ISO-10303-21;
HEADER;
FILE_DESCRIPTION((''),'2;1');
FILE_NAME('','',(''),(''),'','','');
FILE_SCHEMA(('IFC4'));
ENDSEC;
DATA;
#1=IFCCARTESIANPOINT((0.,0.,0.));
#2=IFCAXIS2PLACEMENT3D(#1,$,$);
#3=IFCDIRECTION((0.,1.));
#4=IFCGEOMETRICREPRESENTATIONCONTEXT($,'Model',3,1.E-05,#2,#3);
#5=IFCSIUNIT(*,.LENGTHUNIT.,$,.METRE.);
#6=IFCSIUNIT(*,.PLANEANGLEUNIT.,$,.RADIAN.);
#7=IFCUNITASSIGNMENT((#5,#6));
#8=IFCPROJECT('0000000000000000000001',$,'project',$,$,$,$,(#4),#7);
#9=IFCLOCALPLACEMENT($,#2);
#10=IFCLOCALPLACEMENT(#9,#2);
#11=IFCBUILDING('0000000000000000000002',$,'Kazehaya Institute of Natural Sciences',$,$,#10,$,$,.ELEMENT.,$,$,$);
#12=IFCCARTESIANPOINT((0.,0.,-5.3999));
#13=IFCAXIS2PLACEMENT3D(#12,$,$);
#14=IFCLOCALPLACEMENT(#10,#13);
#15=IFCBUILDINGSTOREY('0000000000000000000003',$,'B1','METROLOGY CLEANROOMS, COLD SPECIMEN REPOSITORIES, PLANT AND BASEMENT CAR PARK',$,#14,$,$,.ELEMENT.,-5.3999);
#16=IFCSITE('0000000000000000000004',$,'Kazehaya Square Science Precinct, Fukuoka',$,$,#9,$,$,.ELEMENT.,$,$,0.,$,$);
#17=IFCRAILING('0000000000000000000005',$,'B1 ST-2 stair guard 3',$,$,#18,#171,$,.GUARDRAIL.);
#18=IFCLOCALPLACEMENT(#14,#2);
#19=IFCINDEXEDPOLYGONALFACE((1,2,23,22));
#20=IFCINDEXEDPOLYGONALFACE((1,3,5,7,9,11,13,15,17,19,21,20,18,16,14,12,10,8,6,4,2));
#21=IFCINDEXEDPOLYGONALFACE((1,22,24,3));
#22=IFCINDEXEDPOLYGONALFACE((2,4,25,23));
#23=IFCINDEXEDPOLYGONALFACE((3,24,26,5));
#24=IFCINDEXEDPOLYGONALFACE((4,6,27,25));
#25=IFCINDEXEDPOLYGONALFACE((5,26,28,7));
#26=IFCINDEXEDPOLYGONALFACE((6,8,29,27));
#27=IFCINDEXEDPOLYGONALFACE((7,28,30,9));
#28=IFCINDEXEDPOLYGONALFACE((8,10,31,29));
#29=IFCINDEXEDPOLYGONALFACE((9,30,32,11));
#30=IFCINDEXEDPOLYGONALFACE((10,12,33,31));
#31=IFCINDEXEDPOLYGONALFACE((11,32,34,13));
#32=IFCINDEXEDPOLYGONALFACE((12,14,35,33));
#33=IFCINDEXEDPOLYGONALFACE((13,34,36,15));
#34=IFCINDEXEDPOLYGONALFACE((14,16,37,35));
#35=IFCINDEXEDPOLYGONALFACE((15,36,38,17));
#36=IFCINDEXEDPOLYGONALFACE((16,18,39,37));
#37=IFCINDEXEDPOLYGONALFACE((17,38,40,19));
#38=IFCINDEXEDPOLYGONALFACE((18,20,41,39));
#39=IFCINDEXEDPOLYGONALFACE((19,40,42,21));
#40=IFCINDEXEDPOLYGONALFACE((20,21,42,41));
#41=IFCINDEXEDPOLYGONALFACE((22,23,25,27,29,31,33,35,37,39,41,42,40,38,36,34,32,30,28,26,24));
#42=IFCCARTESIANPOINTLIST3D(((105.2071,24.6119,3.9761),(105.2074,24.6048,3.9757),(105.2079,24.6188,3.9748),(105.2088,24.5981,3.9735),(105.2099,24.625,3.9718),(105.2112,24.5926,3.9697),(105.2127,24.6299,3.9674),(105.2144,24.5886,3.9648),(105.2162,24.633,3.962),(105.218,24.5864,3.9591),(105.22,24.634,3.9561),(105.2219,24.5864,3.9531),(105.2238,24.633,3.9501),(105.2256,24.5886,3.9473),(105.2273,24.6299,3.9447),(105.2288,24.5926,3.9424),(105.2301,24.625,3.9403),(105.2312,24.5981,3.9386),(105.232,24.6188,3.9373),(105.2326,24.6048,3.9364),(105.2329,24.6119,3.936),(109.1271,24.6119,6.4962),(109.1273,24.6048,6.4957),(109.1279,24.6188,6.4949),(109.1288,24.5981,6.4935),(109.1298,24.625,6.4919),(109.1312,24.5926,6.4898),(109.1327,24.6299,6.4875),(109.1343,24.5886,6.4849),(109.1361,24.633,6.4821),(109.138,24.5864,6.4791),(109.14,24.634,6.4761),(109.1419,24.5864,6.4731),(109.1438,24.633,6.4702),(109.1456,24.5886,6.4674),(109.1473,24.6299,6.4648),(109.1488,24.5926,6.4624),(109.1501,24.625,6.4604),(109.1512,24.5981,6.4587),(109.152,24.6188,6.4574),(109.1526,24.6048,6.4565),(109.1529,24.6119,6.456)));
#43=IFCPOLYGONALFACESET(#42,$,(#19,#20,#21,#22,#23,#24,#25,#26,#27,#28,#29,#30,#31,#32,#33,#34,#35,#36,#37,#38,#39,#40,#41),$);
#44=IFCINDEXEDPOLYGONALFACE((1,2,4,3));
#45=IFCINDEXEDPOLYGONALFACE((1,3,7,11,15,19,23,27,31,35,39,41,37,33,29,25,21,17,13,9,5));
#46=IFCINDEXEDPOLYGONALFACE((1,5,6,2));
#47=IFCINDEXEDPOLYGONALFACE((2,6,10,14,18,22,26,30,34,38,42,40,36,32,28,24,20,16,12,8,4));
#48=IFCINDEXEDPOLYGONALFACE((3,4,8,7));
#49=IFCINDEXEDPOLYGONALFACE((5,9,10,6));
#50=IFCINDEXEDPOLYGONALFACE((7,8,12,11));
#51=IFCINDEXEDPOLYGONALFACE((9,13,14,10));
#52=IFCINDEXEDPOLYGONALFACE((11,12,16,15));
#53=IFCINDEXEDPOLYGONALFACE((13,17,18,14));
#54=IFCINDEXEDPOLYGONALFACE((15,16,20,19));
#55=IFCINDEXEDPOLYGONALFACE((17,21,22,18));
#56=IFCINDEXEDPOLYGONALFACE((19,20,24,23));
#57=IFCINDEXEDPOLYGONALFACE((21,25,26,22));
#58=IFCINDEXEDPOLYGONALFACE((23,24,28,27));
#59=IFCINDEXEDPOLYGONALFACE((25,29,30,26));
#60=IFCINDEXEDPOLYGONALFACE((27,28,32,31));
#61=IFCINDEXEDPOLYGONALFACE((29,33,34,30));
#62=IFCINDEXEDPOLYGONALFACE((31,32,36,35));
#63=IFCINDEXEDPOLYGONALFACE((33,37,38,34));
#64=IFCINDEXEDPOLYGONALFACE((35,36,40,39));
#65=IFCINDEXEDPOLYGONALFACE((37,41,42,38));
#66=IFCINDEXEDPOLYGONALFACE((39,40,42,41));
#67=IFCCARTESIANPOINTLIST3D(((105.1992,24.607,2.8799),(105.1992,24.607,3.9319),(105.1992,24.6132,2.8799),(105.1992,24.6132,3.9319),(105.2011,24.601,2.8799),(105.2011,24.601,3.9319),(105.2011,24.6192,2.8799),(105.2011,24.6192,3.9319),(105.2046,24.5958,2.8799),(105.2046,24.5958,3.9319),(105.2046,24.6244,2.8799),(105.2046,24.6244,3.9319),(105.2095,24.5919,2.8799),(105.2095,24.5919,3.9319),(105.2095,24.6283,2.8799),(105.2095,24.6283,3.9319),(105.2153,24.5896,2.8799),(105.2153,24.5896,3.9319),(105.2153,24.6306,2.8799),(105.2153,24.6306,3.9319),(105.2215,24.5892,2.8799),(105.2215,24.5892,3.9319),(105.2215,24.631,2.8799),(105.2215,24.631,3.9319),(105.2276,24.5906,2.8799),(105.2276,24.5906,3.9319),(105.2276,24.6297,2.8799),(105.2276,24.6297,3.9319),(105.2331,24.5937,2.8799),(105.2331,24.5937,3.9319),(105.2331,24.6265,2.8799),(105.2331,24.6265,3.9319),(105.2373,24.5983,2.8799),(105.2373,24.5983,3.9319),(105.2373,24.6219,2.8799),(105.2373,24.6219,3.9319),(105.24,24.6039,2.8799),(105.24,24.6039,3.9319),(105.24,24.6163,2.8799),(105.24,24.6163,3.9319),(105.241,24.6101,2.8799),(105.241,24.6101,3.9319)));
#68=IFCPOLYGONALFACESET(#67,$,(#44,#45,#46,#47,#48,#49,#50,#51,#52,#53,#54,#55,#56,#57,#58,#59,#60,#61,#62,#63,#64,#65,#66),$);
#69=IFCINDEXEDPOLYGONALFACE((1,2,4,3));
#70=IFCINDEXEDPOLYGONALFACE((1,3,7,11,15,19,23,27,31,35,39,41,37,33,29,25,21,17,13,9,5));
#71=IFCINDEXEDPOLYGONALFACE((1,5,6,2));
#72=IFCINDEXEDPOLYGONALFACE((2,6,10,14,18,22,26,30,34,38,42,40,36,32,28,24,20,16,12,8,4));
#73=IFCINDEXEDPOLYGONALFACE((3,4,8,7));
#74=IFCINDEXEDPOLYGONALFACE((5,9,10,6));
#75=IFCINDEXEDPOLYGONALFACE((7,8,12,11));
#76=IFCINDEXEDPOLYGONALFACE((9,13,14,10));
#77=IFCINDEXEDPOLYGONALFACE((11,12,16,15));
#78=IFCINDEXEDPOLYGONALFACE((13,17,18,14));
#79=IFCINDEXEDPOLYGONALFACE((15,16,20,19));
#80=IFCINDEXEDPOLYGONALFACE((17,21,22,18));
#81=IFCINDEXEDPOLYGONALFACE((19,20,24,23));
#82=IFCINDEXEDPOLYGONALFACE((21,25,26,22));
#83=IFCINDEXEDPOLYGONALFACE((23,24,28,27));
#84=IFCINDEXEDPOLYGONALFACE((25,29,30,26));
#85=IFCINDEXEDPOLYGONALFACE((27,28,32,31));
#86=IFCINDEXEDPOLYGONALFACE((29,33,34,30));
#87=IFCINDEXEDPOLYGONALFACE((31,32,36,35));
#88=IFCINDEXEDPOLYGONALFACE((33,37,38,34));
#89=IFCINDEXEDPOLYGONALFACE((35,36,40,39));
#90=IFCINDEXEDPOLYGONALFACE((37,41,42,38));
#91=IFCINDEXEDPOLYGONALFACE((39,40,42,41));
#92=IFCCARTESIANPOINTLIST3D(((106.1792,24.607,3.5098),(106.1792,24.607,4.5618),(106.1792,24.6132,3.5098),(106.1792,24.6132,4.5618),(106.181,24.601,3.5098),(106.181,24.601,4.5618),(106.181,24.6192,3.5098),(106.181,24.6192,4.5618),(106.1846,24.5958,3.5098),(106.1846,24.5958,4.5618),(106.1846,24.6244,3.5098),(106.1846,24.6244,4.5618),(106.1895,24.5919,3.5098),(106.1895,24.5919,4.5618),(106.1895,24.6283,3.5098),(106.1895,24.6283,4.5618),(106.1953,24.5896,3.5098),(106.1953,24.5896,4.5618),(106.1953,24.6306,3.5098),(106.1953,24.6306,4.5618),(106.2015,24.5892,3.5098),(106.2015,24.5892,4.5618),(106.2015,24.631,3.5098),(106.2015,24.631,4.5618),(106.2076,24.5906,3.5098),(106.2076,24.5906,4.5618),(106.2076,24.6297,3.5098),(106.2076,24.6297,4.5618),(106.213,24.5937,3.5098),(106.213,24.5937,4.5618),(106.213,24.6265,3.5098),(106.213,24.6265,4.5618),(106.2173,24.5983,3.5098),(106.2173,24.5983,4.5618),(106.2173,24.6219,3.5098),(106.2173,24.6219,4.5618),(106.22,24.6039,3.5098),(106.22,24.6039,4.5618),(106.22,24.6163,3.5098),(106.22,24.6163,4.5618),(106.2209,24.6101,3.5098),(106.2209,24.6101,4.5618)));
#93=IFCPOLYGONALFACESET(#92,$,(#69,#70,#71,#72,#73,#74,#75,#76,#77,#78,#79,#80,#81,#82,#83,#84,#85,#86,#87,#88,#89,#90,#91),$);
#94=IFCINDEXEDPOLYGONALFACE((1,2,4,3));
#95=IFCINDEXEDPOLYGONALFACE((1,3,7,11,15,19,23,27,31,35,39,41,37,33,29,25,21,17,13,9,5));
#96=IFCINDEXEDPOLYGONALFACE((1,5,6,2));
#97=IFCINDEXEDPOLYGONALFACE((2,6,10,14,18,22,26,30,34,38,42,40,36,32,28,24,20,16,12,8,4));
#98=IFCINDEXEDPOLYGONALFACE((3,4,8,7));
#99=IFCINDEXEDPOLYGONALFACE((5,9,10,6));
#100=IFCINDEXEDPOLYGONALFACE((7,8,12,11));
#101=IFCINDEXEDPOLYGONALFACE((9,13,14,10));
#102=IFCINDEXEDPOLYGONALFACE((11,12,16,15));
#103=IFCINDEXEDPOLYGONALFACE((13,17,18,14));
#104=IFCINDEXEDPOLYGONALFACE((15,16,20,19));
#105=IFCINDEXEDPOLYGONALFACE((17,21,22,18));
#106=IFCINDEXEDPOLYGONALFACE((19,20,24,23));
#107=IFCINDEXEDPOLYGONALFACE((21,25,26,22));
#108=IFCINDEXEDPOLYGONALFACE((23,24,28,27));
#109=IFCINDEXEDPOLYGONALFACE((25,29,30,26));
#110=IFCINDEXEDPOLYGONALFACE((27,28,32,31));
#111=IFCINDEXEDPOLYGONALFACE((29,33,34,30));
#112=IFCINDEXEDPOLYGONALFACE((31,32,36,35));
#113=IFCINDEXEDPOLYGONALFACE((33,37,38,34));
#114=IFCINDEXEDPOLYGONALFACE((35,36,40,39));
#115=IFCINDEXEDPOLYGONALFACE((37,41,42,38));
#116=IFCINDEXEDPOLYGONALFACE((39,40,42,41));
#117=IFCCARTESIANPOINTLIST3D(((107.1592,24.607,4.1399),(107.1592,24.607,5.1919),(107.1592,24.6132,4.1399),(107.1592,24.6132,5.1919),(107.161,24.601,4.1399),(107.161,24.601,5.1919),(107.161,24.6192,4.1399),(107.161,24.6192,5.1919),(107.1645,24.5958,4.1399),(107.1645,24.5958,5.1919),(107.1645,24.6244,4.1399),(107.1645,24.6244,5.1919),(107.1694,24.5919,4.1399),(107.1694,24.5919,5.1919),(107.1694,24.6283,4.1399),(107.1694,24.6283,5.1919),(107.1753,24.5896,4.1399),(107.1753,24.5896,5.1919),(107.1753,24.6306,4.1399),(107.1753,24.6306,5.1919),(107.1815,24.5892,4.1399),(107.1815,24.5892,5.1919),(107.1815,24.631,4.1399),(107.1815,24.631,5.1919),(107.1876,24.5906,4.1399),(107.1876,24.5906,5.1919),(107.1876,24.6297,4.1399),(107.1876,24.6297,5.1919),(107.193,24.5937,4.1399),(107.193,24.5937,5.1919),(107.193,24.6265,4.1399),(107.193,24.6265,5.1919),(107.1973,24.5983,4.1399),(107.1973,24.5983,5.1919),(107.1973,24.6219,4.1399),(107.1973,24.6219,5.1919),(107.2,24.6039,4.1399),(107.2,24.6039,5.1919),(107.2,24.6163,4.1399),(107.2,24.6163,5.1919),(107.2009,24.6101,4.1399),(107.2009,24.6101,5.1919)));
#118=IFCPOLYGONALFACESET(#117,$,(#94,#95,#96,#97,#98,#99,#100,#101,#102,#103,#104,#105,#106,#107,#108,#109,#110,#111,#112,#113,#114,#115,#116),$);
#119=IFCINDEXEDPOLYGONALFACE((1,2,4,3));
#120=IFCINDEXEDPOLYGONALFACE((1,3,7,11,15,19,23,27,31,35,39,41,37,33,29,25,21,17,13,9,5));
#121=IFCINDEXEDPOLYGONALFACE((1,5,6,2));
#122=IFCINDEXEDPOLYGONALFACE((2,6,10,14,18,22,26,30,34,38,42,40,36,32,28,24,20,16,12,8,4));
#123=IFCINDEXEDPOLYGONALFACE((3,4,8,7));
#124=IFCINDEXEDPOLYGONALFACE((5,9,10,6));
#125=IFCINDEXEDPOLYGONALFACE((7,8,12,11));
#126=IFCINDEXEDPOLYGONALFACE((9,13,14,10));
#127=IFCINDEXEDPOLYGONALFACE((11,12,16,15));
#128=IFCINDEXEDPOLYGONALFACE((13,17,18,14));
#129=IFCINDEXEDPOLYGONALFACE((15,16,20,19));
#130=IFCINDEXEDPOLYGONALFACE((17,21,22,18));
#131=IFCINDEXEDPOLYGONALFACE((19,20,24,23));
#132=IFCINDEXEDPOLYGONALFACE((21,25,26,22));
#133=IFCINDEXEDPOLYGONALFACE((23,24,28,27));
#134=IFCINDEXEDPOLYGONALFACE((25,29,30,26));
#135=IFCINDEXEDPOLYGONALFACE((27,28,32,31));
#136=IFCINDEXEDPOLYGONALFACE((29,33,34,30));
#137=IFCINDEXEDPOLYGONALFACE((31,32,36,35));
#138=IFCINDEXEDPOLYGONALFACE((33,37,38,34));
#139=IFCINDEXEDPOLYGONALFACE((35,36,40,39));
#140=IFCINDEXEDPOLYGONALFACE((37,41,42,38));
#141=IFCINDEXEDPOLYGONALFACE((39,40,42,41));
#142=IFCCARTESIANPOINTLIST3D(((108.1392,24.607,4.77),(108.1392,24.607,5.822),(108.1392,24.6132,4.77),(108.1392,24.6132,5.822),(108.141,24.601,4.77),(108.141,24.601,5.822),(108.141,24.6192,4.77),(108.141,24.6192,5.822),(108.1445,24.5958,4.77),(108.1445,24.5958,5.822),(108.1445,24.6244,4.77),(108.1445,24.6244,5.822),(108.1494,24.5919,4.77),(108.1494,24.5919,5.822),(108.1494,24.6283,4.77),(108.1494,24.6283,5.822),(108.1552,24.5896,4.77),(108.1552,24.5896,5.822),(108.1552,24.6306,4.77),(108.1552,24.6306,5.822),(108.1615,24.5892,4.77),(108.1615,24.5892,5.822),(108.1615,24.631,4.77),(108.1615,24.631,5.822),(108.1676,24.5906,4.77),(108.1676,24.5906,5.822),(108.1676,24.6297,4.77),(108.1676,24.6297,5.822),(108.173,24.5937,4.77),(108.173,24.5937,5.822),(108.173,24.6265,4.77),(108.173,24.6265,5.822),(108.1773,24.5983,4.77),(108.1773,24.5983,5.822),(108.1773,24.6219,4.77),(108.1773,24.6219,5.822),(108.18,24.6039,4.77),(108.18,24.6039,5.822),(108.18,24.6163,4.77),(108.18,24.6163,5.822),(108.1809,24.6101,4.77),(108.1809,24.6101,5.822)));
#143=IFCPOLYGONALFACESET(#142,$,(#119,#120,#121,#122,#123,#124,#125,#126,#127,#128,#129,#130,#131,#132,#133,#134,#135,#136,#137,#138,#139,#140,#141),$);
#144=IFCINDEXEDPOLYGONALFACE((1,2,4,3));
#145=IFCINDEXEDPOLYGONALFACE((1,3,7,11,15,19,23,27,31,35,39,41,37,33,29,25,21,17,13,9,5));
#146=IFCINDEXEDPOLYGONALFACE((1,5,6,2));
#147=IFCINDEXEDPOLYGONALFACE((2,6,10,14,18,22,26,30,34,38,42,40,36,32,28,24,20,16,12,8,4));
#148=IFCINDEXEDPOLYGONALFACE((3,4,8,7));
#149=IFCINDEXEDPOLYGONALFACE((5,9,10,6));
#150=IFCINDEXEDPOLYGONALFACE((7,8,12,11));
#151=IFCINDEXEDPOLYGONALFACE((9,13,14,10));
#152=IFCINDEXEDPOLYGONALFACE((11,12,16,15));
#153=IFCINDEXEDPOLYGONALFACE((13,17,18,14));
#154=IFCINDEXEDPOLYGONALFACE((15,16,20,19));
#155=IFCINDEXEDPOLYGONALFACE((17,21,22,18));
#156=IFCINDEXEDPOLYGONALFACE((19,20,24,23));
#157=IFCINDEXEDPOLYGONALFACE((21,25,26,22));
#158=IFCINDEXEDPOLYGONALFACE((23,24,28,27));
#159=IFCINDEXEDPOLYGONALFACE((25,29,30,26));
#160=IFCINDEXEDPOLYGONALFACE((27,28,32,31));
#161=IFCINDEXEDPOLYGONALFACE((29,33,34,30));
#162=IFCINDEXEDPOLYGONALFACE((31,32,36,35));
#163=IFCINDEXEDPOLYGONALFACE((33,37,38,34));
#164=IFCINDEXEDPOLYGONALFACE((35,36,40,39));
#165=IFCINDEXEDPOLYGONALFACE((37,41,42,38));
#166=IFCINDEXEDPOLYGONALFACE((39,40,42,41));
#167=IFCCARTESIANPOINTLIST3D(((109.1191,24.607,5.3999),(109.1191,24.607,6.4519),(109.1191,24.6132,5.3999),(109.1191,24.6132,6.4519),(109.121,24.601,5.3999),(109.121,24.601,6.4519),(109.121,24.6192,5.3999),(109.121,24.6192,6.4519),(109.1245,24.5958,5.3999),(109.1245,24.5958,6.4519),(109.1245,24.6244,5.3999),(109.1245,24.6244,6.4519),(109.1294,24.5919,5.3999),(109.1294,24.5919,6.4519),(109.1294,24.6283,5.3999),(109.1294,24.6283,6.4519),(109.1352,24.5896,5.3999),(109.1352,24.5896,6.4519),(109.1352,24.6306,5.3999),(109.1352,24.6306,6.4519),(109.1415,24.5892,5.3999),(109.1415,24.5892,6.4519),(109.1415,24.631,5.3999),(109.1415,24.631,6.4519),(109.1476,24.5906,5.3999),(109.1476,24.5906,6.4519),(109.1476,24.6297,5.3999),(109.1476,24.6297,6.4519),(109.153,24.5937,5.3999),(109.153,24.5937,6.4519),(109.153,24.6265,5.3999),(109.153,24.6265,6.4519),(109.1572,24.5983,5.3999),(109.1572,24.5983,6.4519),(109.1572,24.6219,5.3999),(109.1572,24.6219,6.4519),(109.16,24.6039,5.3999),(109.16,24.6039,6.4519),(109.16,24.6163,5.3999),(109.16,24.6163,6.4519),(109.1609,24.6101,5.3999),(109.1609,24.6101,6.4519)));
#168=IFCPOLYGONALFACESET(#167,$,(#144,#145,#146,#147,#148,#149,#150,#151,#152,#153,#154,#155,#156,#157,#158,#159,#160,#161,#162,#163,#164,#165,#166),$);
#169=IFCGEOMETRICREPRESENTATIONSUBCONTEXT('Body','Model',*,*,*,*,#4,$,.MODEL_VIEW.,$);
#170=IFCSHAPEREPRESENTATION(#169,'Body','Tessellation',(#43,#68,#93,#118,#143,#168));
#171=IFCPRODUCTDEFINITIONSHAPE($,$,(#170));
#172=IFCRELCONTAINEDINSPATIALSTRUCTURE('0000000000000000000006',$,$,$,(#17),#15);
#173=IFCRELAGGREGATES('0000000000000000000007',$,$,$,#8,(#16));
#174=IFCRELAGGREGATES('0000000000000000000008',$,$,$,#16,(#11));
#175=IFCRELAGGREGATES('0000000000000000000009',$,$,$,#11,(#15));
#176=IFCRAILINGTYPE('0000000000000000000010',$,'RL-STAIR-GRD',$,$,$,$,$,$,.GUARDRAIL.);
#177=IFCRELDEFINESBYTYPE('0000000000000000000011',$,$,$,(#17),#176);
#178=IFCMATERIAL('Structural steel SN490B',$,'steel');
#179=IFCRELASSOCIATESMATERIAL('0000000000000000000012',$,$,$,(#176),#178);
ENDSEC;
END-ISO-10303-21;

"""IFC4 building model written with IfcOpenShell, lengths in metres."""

from ifc_helpers import new_model, si_unit, direction, frame, origin, origin_2d, place, context, subcontext, project, spatial, circle, extrude, material, type_object, element, save


model = new_model("IFC4")

# Units and contexts
model_context = context("Model", 3, precision=1e-05, world=origin(), true_north=direction((0.0, 1.0)))
body_context = subcontext(model_context, "Body", "Model", "MODEL_VIEW")
ifc_project = project(units=[si_unit("LENGTHUNIT", "METRE"), si_unit("PLANEANGLEUNIT", "RADIAN")], contexts=[model_context])

# Site, building, storey
site_placement = place(None, origin())
site = spatial("IfcSite", under=ifc_project, at=site_placement, Name="Kazehaya Square Science Precinct, Fukuoka", CompositionType="ELEMENT", RefElevation=0.0)
building_placement = place(site_placement, origin())
building = spatial("IfcBuilding", under=site, at=building_placement, Name="Kazehaya Institute of Natural Sciences", CompositionType="ELEMENT")
storey_placement = place(building_placement, frame((0.0, 0.0, -5.3999)))
storey = spatial("IfcBuildingStorey", under=building, at=storey_placement, Name="B1", Description="METROLOGY CLEANROOMS, COLD SPECIMEN REPOSITORIES, PLANT AND BASEMENT CAR PARK", CompositionType="ELEMENT", Elevation=-5.3999)

# Railing
ifc_material_1 = material(Name="Structural steel SN490B", Category="steel")
railing_type_1 = type_object("IfcRailingType", Name="RL-STAIR-GRD", PredefinedType="GUARDRAIL", material=ifc_material_1)
railing_1_placement = place(storey_placement, frame((105.22, 24.6101, 2.8799)))
element("IfcRailing", 1, at=railing_1_placement, inside=storey, type_object=railing_type_1, Name="B1 ST-2 stair guard 3", PredefinedType="GUARDRAIL", context=body_context, shape_type="SweptSolid", body=[
    extrude(circle(Radius=0.0239, at=origin_2d()), frame((0.0, 0.0, 1.0762), z_axis=(0.841172, 0.0, 0.540768), x_axis=(0.0, 1.0, 0.0)), (0.0, 0.0, 1.0), 4.6602),
    extrude(circle(Radius=0.021, at=origin_2d()), origin(), (0.0, 0.0, 1.0), 1.052),
    extrude(circle(Radius=0.021, at=origin_2d()), frame((0.98, 0.0, 0.6299)), (0.0, 0.0, 1.0), 1.052),
    extrude(circle(Radius=0.021, at=origin_2d()), frame((1.96, 0.0, 1.26)), (0.0, 0.0, 1.0), 1.052),
    extrude(circle(Radius=0.021, at=origin_2d()), frame((2.9399, 0.0, 1.8901)), (0.0, 0.0, 1.0), 1.052),
    extrude(circle(Radius=0.021, at=origin_2d()), frame((3.9199, 0.0, 2.52)), (0.0, 0.0, 1.0), 1.052),
])

save(model, "model.ifc")
